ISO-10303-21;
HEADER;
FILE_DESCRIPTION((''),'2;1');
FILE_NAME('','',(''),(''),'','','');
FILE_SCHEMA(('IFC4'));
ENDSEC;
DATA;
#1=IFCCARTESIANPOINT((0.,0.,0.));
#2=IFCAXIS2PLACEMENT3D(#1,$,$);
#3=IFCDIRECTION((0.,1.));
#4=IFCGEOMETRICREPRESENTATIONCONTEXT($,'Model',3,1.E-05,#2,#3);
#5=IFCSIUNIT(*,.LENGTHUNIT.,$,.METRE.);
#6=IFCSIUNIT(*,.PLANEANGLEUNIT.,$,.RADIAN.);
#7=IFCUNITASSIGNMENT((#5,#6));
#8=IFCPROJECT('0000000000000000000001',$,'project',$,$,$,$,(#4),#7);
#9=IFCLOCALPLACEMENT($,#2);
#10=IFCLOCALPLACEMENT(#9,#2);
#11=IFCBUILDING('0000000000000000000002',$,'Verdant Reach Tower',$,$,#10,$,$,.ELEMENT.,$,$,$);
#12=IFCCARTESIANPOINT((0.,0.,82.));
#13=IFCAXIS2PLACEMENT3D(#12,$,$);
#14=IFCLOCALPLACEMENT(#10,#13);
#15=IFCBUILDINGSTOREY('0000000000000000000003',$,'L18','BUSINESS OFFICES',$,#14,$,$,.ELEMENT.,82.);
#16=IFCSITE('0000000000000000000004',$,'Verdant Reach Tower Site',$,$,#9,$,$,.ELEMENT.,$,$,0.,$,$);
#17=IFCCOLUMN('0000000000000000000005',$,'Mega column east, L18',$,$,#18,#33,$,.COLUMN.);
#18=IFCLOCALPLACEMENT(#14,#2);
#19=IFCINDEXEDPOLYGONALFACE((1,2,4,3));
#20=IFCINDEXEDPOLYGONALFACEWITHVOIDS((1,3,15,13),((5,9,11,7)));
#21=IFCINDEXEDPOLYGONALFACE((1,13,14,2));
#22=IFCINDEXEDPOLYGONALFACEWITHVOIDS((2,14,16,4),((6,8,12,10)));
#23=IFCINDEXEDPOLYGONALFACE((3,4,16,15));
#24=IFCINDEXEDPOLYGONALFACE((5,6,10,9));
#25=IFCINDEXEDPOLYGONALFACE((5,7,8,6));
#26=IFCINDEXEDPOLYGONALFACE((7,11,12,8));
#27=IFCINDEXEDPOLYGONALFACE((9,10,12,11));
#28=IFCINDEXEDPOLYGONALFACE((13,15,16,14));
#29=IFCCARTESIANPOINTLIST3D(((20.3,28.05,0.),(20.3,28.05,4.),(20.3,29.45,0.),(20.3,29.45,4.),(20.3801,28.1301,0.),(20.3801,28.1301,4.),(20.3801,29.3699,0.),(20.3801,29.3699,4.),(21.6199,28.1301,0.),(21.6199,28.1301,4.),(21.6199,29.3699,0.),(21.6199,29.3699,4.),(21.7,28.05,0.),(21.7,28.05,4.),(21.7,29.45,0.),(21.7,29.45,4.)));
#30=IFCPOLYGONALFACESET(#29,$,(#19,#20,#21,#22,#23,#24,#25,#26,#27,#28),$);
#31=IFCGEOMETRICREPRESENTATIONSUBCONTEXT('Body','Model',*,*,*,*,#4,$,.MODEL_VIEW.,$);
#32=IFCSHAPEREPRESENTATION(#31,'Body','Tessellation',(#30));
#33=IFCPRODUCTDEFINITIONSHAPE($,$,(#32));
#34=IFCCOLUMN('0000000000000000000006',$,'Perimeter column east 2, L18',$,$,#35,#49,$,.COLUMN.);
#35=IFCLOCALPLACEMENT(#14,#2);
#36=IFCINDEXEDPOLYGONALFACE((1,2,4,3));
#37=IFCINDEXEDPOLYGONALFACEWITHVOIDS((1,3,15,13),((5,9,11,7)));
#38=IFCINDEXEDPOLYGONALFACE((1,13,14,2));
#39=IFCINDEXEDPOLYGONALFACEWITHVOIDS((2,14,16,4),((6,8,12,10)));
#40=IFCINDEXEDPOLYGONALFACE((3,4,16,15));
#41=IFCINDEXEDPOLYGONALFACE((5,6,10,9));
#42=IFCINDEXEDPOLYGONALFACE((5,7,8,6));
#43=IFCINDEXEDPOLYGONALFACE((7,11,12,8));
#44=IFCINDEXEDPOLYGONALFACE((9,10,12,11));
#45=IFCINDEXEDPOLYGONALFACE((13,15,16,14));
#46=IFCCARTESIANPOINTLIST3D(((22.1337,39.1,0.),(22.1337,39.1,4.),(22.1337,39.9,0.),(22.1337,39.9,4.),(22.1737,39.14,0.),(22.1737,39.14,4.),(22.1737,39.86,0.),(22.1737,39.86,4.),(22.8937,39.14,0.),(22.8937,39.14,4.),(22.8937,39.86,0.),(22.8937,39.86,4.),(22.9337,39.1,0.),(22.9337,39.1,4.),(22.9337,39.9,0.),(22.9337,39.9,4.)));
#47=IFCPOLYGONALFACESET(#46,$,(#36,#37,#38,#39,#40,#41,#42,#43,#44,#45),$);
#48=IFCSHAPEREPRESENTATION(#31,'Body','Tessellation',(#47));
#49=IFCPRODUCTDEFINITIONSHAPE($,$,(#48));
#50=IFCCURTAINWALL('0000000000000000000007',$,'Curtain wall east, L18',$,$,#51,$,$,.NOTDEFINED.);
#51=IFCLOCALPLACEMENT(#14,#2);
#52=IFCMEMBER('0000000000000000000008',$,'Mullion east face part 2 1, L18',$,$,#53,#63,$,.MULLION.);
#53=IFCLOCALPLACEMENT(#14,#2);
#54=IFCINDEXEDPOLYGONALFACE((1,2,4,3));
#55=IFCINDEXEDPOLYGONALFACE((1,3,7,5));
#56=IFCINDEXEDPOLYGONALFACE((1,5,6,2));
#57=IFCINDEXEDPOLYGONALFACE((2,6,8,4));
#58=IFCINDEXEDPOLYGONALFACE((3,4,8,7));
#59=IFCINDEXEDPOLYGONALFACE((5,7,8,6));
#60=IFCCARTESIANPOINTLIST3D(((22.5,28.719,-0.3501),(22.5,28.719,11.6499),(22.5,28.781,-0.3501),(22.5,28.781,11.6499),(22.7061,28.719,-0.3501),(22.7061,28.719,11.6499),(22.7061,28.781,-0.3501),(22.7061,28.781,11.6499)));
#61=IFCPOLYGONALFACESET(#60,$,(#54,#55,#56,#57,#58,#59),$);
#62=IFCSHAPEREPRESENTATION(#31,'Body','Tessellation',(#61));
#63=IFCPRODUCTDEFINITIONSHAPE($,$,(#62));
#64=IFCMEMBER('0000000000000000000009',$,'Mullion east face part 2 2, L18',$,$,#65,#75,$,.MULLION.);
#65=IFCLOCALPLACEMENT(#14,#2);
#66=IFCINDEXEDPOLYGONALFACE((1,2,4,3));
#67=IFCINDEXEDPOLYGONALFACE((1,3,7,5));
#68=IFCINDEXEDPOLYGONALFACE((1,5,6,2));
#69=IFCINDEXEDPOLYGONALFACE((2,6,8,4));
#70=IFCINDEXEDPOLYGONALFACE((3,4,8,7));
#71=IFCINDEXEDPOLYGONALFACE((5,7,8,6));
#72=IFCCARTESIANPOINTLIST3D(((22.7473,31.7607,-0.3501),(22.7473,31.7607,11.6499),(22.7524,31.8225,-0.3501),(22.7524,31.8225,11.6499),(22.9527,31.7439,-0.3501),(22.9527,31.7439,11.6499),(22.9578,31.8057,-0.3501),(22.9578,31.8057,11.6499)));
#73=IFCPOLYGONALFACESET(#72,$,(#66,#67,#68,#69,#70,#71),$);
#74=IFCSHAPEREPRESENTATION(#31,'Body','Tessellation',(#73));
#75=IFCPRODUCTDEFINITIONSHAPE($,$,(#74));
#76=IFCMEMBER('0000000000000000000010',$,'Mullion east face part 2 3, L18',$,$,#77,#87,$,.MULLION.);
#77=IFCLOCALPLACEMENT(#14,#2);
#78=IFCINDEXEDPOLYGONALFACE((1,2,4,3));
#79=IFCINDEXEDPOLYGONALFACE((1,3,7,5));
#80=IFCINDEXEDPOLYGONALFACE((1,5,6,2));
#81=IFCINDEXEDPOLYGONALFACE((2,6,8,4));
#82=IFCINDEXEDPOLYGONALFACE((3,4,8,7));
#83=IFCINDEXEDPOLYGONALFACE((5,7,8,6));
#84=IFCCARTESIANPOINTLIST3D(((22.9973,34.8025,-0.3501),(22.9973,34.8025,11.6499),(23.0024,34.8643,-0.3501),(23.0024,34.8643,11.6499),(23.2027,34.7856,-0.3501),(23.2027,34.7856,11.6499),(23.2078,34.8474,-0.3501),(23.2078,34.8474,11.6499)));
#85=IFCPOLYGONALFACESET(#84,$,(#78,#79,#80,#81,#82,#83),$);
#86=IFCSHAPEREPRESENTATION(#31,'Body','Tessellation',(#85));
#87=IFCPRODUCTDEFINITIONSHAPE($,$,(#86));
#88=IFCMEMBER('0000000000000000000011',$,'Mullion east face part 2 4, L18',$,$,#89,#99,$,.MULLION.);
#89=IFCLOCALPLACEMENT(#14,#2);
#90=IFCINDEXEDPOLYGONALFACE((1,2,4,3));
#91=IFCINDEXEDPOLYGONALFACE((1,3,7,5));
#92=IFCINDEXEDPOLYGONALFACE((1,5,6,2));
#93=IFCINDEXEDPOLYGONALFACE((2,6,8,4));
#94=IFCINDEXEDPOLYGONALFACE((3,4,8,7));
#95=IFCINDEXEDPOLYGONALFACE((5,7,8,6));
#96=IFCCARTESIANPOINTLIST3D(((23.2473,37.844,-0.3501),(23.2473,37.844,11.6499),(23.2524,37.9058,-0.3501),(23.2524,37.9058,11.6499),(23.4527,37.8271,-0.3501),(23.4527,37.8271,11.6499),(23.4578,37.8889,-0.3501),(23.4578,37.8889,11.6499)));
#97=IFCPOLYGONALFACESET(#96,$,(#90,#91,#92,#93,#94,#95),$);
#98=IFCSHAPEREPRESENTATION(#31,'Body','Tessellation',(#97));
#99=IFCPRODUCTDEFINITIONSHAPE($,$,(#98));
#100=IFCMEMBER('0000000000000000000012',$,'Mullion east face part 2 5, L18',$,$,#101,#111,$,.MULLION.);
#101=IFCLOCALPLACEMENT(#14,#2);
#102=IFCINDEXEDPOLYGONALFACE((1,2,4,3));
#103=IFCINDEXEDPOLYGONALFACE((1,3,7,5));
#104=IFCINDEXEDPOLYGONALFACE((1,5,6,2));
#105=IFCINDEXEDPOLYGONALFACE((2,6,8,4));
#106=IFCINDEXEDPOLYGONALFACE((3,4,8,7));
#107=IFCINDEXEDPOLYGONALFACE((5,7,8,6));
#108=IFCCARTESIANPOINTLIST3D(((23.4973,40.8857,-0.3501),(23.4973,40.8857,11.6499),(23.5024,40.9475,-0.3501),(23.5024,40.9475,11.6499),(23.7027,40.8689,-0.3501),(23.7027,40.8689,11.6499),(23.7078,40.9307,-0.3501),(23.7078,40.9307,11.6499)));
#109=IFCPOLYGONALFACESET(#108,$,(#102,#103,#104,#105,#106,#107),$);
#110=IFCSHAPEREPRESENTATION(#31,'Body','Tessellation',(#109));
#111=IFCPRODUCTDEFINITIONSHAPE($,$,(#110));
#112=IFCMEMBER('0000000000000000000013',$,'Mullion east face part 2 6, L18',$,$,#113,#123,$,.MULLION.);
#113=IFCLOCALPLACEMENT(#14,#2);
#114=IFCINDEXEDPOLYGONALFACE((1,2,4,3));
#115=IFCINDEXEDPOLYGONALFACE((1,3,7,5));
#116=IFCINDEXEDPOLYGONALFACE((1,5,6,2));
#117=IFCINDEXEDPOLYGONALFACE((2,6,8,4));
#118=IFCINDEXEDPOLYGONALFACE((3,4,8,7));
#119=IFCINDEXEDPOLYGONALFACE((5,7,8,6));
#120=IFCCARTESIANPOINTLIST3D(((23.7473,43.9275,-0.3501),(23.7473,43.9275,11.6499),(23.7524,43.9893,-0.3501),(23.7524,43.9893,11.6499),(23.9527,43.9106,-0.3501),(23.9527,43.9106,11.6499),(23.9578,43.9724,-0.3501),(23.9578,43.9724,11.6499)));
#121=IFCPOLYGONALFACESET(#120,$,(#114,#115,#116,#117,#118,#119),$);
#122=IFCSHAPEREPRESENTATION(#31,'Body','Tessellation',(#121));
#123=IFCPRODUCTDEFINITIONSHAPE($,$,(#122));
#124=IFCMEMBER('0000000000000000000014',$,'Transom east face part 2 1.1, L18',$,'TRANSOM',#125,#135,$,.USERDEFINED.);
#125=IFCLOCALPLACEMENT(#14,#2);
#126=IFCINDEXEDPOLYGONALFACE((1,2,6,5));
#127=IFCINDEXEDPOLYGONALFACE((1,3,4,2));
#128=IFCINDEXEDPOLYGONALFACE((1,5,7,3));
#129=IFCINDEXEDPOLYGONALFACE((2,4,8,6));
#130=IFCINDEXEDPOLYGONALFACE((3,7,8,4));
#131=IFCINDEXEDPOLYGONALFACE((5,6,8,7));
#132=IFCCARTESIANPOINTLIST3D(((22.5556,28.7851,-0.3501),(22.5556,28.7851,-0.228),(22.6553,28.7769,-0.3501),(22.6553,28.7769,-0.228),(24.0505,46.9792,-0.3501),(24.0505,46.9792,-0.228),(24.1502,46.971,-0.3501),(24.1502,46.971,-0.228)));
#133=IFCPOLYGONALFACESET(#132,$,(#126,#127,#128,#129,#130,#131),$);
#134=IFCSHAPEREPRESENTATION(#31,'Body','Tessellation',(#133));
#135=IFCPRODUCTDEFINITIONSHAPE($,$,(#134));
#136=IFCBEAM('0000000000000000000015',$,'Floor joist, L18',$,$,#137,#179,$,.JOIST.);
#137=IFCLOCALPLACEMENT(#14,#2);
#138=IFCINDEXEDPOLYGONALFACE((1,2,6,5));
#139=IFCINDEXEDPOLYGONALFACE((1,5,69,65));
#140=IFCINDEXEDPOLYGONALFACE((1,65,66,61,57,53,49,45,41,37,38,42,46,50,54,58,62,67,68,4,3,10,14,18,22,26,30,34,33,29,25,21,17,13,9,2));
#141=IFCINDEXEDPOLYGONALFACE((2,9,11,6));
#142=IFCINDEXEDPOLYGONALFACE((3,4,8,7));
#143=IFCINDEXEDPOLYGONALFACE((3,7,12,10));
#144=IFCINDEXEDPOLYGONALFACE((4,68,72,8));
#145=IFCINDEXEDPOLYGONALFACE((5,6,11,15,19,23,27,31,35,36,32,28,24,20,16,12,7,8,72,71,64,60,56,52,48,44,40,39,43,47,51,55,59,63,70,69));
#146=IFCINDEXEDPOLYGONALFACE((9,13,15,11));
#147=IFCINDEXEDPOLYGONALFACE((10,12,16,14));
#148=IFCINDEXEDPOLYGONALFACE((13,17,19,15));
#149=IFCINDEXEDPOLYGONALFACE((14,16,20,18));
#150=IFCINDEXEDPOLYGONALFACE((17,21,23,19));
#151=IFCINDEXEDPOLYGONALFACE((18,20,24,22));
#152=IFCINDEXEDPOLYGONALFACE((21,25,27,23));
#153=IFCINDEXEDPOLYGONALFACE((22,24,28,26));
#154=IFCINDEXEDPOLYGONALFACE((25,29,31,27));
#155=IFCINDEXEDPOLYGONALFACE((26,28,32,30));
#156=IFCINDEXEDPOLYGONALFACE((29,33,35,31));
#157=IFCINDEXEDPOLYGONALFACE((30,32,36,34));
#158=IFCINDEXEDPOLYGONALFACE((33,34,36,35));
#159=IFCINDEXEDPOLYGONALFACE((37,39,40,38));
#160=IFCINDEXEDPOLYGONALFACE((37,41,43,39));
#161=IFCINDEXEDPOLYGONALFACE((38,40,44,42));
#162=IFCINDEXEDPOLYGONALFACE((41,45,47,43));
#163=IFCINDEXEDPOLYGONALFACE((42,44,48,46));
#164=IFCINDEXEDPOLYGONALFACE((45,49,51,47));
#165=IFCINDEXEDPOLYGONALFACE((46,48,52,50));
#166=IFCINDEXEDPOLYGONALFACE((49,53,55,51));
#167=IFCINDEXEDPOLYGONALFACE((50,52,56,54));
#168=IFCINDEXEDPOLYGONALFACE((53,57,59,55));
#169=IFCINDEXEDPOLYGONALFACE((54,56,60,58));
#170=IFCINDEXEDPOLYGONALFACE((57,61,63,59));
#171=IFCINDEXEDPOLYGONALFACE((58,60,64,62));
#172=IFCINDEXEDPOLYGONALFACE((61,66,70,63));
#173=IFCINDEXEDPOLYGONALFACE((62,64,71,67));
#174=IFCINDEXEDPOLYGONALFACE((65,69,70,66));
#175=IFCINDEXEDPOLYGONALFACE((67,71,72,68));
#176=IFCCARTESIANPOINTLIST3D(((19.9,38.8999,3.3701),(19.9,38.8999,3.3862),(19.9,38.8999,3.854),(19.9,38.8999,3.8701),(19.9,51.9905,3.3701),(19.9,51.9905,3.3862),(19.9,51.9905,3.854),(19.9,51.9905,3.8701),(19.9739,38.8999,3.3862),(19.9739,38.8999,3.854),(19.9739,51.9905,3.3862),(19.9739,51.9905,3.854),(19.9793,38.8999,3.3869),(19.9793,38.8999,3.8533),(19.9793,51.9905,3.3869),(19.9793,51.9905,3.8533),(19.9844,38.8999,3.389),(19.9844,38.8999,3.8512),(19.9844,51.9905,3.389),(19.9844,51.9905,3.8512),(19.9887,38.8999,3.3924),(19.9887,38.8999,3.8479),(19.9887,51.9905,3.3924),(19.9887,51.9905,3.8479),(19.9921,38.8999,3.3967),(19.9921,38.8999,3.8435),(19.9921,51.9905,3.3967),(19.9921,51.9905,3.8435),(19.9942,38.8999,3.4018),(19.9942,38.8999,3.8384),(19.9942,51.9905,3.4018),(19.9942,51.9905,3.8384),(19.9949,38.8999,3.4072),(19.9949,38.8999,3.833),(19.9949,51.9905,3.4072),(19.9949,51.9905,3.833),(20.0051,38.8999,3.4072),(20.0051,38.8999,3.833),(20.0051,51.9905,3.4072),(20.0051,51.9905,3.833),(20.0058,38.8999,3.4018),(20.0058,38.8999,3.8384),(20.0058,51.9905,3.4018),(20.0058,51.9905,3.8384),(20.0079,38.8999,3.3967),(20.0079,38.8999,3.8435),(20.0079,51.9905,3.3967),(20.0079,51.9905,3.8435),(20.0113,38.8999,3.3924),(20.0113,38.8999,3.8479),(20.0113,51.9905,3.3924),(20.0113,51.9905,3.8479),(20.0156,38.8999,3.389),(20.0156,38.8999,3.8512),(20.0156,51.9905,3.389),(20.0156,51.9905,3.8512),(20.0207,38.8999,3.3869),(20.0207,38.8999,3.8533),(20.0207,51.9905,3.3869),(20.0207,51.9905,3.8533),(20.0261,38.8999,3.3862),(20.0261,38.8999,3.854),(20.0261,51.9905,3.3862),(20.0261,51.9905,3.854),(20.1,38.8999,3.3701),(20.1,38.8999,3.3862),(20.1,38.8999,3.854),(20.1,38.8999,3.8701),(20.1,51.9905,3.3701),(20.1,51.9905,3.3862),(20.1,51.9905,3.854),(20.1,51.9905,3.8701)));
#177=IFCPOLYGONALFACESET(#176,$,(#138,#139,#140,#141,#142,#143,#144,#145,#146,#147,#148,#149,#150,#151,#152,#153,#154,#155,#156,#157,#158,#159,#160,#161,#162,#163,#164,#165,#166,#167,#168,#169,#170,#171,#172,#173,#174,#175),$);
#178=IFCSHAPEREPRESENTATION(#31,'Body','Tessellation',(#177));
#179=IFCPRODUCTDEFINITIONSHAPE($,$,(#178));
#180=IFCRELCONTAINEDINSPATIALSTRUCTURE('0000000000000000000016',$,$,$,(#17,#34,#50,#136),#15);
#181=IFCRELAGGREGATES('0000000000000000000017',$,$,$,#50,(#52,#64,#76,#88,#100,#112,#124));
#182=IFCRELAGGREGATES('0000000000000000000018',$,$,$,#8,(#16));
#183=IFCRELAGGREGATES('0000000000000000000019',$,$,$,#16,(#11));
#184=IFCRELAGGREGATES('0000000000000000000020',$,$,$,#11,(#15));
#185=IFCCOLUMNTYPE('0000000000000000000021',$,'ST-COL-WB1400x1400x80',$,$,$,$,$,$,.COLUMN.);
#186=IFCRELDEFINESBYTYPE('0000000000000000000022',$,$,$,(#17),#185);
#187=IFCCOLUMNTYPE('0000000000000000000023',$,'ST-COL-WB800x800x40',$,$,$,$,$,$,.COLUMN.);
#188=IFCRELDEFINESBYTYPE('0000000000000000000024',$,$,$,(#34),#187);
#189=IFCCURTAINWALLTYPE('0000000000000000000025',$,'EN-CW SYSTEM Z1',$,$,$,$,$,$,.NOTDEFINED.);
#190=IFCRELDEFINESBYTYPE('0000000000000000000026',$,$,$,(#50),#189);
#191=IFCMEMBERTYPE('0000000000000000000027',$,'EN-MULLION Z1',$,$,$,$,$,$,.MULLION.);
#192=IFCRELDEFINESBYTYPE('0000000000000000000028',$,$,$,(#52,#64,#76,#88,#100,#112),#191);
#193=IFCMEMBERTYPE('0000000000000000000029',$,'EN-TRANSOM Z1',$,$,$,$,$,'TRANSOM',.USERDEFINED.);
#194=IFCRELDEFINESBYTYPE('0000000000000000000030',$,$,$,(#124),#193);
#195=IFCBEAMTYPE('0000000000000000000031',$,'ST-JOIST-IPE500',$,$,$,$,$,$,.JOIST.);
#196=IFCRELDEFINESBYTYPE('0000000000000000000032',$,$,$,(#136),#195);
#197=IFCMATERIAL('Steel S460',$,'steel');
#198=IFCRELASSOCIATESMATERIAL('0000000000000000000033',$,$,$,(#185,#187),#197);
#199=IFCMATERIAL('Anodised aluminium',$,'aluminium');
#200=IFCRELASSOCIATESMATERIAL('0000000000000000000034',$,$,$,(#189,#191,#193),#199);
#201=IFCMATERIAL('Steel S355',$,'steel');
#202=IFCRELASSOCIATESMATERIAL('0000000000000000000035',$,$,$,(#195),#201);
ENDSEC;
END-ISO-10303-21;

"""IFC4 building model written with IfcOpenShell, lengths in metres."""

from ifc_helpers import new_model, si_unit, direction, frame, origin, origin_2d, place, context, subcontext, project, spatial, rectangle, hollow_rectangle, i_section, extrude, material, material_profile, profile_set, type_object, element, aggregate, save


model = new_model("IFC4")

# Units and contexts
model_context = context("Model", 3, precision=1e-05, world=origin(), true_north=direction((0.0, 1.0)))
body_context = subcontext(model_context, "Body", "Model", "MODEL_VIEW")
ifc_project = project(units=[si_unit("LENGTHUNIT", "METRE"), si_unit("PLANEANGLEUNIT", "RADIAN")], contexts=[model_context])

# Site, building, storey
site_placement = place(None, origin())
site = spatial("IfcSite", under=ifc_project, at=site_placement, Name="Verdant Reach Tower Site", CompositionType="ELEMENT", RefElevation=0.0)
building_placement = place(site_placement, origin())
building = spatial("IfcBuilding", under=site, at=building_placement, Name="Verdant Reach Tower", CompositionType="ELEMENT")
storey_placement = place(building_placement, frame((0.0, 0.0, 82.0)))
storey = spatial("IfcBuildingStorey", under=building, at=storey_placement, Name="L18", Description="BUSINESS OFFICES", CompositionType="ELEMENT", Elevation=82.0)

# Columns
ifc_material_1 = material(Name="Steel S460", Category="steel")
ifc_material_profile_1 = material_profile(ifc_material_1, hollow_rectangle(XDim=1.3999, YDim=1.3999, WallThickness=0.0801, at=origin_2d()), Name="WB 1400x1400x80")
ifc_profile_set_1 = profile_set([ifc_material_profile_1], Name="Steel S460")
column_type_1 = type_object("IfcColumnType", Name="ST-COL-WB1400x1400x80", PredefinedType="COLUMN", material=ifc_profile_set_1)
column_1_placement = place(storey_placement, frame((21.0, 28.75, 0.0), z_axis=(0.0, 0.0, 1.0), x_axis=(1.0, 0.0, 0.0)))
element("IfcColumn", 1, at=column_1_placement, inside=storey, type_object=column_type_1, Name="Mega column east, L18", PredefinedType="COLUMN", context=body_context, shape_type="SweptSolid", body=[
    extrude(hollow_rectangle(XDim=1.3999, YDim=1.3999, WallThickness=0.0801, at=origin_2d()), origin(), (0.0, 0.0, 1.0), 4.0),
])
ifc_material_profile_2 = material_profile(ifc_material_1, hollow_rectangle(XDim=0.8, YDim=0.8, WallThickness=0.04, at=origin_2d()), Name="WB 800x800x40")
ifc_profile_set_2 = profile_set([ifc_material_profile_2], Name="Steel S460")
column_type_2 = type_object("IfcColumnType", Name="ST-COL-WB800x800x40", PredefinedType="COLUMN", material=ifc_profile_set_2)
column_2_placement = place(storey_placement, frame((22.5337, 39.5, 0.0), z_axis=(0.0, 0.0, 1.0), x_axis=(1.0, 0.0, 0.0)))
element("IfcColumn", 2, at=column_2_placement, inside=storey, type_object=column_type_2, Name="Perimeter column east 2, L18", PredefinedType="COLUMN", context=body_context, shape_type="SweptSolid", body=[
    extrude(hollow_rectangle(XDim=0.8, YDim=0.8, WallThickness=0.04, at=origin_2d()), origin(), (0.0, 0.0, 1.0), 4.0),
])

# Curtain wall, members
ifc_material_2 = material(Name="Anodised aluminium", Category="aluminium")
curtain_wall_type = type_object("IfcCurtainWallType", Name="EN-CW SYSTEM Z1", PredefinedType="NOTDEFINED", material=ifc_material_2)
curtain_wall_placement = place(storey_placement, origin())
curtain_wall = element("IfcCurtainWall", 3, at=curtain_wall_placement, inside=storey, type_object=curtain_wall_type, Name="Curtain wall east, L18", PredefinedType="NOTDEFINED")
ifc_material_profile_3 = material_profile(ifc_material_2, rectangle(XDim=0.2061, YDim=0.062, at=origin_2d()), Name="Mullion 62x206")
ifc_profile_set_3 = profile_set([ifc_material_profile_3], Name="Anodised aluminium")
member_type_1 = type_object("IfcMemberType", Name="EN-MULLION Z1", PredefinedType="MULLION", material=ifc_profile_set_3)
member_1_placement = place(storey_placement, frame((22.603, 28.75, -0.3501), z_axis=(0.0, 0.0, 1.0), x_axis=(1.0, 0.0, 0.0)))
member_1 = element("IfcMember", 4, at=member_1_placement, type_object=member_type_1, Name="Mullion east face part 2 1, L18", PredefinedType="MULLION", context=body_context, shape_type="SweptSolid", body=[
    extrude(rectangle(XDim=0.2061, YDim=0.062, at=origin_2d()), origin(), (0.0, 0.0, 1.0), 12.0),
])
member_2_placement = place(storey_placement, frame((22.8525, 31.7832, -0.3501), z_axis=(0.0, 0.0, 1.0), x_axis=(0.996639, -0.081916, 0.0)))
member_2 = element("IfcMember", 5, at=member_2_placement, type_object=member_type_1, Name="Mullion east face part 2 2, L18", PredefinedType="MULLION", context=body_context, shape_type="SweptSolid", body=[
    extrude(rectangle(XDim=0.2061, YDim=0.062, at=origin_2d()), origin(), (0.0, 0.0, 1.0), 12.0),
])
member_3_placement = place(storey_placement, frame((23.1025, 34.825, -0.3501), z_axis=(0.0, 0.0, 1.0), x_axis=(0.996639, -0.081916, 0.0)))
member_3 = element("IfcMember", 6, at=member_3_placement, type_object=member_type_1, Name="Mullion east face part 2 3, L18", PredefinedType="MULLION", context=body_context, shape_type="SweptSolid", body=[
    extrude(rectangle(XDim=0.2061, YDim=0.062, at=origin_2d()), origin(), (0.0, 0.0, 1.0), 12.0),
])
member_4_placement = place(storey_placement, frame((23.3525, 37.8665, -0.3501), z_axis=(0.0, 0.0, 1.0), x_axis=(0.996639, -0.081916, 0.0)))
member_4 = element("IfcMember", 7, at=member_4_placement, type_object=member_type_1, Name="Mullion east face part 2 4, L18", PredefinedType="MULLION", context=body_context, shape_type="SweptSolid", body=[
    extrude(rectangle(XDim=0.2061, YDim=0.062, at=origin_2d()), origin(), (0.0, 0.0, 1.0), 12.0),
])
member_5_placement = place(storey_placement, frame((23.6025, 40.9082, -0.3501), z_axis=(0.0, 0.0, 1.0), x_axis=(0.996639, -0.081916, 0.0)))
member_5 = element("IfcMember", 8, at=member_5_placement, type_object=member_type_1, Name="Mullion east face part 2 5, L18", PredefinedType="MULLION", context=body_context, shape_type="SweptSolid", body=[
    extrude(rectangle(XDim=0.2061, YDim=0.062, at=origin_2d()), origin(), (0.0, 0.0, 1.0), 12.0),
])
member_6_placement = place(storey_placement, frame((23.8525, 43.95, -0.3501), z_axis=(0.0, 0.0, 1.0), x_axis=(0.996639, -0.081916, 0.0)))
member_6 = element("IfcMember", 9, at=member_6_placement, type_object=member_type_1, Name="Mullion east face part 2 6, L18", PredefinedType="MULLION", context=body_context, shape_type="SweptSolid", body=[
    extrude(rectangle(XDim=0.2061, YDim=0.062, at=origin_2d()), origin(), (0.0, 0.0, 1.0), 12.0),
])
ifc_material_profile_4 = material_profile(ifc_material_2, rectangle(XDim=0.1001, YDim=0.1221, at=origin_2d()), Name="Transom 122x100")
ifc_profile_set_4 = profile_set([ifc_material_profile_4], Name="Anodised aluminium")
member_type_2 = type_object("IfcMemberType", Name="EN-TRANSOM Z1", ElementType="TRANSOM", PredefinedType="USERDEFINED", material=ifc_profile_set_4)
member_7_placement = place(storey_placement, frame((22.6055, 28.781, -0.2891), z_axis=(0.081887, 0.996642, 0.0), x_axis=(-0.996642, 0.081887, 0.0)))
member_7 = element("IfcMember", 10, at=member_7_placement, type_object=member_type_2, Name="Transom east face part 2 1.1, L18", ObjectType="TRANSOM", PredefinedType="USERDEFINED", context=body_context, shape_type="SweptSolid", body=[
    extrude(rectangle(XDim=0.1001, YDim=0.1221, at=origin_2d()), origin(), (0.0, 0.0, 1.0), 18.2554),
])

# Beam
ifc_material_3 = material(Name="Steel S355", Category="steel")
ifc_material_profile_5 = material_profile(ifc_material_3, i_section(OverallWidth=0.2, OverallDepth=0.5, WebThickness=0.0103, FlangeThickness=0.0161, FilletRadius=0.021, at=origin_2d()), Name="IPE 500")
ifc_profile_set_5 = profile_set([ifc_material_profile_5], Name="Steel S355")
beam_type_1 = type_object("IfcBeamType", Name="ST-JOIST-IPE500", PredefinedType="JOIST", material=ifc_profile_set_5)
beam_1_placement = place(storey_placement, frame((20.0, 38.8999, 3.6201), z_axis=(0.0, 1.0, 0.0), x_axis=(-1.0, 0.0, 0.0)))
element("IfcBeam", 11, at=beam_1_placement, inside=storey, type_object=beam_type_1, Name="Floor joist, L18", PredefinedType="JOIST", context=body_context, shape_type="SweptSolid", body=[
    extrude(i_section(OverallWidth=0.2, OverallDepth=0.5, WebThickness=0.0103, FlangeThickness=0.0161, FilletRadius=0.021, at=origin_2d()), origin(), (0.0, 0.0, 1.0), 13.0906),
])

aggregate(curtain_wall, [member_1, member_2, member_3, member_4, member_5, member_6, member_7])

save(model, "model.ifc")
